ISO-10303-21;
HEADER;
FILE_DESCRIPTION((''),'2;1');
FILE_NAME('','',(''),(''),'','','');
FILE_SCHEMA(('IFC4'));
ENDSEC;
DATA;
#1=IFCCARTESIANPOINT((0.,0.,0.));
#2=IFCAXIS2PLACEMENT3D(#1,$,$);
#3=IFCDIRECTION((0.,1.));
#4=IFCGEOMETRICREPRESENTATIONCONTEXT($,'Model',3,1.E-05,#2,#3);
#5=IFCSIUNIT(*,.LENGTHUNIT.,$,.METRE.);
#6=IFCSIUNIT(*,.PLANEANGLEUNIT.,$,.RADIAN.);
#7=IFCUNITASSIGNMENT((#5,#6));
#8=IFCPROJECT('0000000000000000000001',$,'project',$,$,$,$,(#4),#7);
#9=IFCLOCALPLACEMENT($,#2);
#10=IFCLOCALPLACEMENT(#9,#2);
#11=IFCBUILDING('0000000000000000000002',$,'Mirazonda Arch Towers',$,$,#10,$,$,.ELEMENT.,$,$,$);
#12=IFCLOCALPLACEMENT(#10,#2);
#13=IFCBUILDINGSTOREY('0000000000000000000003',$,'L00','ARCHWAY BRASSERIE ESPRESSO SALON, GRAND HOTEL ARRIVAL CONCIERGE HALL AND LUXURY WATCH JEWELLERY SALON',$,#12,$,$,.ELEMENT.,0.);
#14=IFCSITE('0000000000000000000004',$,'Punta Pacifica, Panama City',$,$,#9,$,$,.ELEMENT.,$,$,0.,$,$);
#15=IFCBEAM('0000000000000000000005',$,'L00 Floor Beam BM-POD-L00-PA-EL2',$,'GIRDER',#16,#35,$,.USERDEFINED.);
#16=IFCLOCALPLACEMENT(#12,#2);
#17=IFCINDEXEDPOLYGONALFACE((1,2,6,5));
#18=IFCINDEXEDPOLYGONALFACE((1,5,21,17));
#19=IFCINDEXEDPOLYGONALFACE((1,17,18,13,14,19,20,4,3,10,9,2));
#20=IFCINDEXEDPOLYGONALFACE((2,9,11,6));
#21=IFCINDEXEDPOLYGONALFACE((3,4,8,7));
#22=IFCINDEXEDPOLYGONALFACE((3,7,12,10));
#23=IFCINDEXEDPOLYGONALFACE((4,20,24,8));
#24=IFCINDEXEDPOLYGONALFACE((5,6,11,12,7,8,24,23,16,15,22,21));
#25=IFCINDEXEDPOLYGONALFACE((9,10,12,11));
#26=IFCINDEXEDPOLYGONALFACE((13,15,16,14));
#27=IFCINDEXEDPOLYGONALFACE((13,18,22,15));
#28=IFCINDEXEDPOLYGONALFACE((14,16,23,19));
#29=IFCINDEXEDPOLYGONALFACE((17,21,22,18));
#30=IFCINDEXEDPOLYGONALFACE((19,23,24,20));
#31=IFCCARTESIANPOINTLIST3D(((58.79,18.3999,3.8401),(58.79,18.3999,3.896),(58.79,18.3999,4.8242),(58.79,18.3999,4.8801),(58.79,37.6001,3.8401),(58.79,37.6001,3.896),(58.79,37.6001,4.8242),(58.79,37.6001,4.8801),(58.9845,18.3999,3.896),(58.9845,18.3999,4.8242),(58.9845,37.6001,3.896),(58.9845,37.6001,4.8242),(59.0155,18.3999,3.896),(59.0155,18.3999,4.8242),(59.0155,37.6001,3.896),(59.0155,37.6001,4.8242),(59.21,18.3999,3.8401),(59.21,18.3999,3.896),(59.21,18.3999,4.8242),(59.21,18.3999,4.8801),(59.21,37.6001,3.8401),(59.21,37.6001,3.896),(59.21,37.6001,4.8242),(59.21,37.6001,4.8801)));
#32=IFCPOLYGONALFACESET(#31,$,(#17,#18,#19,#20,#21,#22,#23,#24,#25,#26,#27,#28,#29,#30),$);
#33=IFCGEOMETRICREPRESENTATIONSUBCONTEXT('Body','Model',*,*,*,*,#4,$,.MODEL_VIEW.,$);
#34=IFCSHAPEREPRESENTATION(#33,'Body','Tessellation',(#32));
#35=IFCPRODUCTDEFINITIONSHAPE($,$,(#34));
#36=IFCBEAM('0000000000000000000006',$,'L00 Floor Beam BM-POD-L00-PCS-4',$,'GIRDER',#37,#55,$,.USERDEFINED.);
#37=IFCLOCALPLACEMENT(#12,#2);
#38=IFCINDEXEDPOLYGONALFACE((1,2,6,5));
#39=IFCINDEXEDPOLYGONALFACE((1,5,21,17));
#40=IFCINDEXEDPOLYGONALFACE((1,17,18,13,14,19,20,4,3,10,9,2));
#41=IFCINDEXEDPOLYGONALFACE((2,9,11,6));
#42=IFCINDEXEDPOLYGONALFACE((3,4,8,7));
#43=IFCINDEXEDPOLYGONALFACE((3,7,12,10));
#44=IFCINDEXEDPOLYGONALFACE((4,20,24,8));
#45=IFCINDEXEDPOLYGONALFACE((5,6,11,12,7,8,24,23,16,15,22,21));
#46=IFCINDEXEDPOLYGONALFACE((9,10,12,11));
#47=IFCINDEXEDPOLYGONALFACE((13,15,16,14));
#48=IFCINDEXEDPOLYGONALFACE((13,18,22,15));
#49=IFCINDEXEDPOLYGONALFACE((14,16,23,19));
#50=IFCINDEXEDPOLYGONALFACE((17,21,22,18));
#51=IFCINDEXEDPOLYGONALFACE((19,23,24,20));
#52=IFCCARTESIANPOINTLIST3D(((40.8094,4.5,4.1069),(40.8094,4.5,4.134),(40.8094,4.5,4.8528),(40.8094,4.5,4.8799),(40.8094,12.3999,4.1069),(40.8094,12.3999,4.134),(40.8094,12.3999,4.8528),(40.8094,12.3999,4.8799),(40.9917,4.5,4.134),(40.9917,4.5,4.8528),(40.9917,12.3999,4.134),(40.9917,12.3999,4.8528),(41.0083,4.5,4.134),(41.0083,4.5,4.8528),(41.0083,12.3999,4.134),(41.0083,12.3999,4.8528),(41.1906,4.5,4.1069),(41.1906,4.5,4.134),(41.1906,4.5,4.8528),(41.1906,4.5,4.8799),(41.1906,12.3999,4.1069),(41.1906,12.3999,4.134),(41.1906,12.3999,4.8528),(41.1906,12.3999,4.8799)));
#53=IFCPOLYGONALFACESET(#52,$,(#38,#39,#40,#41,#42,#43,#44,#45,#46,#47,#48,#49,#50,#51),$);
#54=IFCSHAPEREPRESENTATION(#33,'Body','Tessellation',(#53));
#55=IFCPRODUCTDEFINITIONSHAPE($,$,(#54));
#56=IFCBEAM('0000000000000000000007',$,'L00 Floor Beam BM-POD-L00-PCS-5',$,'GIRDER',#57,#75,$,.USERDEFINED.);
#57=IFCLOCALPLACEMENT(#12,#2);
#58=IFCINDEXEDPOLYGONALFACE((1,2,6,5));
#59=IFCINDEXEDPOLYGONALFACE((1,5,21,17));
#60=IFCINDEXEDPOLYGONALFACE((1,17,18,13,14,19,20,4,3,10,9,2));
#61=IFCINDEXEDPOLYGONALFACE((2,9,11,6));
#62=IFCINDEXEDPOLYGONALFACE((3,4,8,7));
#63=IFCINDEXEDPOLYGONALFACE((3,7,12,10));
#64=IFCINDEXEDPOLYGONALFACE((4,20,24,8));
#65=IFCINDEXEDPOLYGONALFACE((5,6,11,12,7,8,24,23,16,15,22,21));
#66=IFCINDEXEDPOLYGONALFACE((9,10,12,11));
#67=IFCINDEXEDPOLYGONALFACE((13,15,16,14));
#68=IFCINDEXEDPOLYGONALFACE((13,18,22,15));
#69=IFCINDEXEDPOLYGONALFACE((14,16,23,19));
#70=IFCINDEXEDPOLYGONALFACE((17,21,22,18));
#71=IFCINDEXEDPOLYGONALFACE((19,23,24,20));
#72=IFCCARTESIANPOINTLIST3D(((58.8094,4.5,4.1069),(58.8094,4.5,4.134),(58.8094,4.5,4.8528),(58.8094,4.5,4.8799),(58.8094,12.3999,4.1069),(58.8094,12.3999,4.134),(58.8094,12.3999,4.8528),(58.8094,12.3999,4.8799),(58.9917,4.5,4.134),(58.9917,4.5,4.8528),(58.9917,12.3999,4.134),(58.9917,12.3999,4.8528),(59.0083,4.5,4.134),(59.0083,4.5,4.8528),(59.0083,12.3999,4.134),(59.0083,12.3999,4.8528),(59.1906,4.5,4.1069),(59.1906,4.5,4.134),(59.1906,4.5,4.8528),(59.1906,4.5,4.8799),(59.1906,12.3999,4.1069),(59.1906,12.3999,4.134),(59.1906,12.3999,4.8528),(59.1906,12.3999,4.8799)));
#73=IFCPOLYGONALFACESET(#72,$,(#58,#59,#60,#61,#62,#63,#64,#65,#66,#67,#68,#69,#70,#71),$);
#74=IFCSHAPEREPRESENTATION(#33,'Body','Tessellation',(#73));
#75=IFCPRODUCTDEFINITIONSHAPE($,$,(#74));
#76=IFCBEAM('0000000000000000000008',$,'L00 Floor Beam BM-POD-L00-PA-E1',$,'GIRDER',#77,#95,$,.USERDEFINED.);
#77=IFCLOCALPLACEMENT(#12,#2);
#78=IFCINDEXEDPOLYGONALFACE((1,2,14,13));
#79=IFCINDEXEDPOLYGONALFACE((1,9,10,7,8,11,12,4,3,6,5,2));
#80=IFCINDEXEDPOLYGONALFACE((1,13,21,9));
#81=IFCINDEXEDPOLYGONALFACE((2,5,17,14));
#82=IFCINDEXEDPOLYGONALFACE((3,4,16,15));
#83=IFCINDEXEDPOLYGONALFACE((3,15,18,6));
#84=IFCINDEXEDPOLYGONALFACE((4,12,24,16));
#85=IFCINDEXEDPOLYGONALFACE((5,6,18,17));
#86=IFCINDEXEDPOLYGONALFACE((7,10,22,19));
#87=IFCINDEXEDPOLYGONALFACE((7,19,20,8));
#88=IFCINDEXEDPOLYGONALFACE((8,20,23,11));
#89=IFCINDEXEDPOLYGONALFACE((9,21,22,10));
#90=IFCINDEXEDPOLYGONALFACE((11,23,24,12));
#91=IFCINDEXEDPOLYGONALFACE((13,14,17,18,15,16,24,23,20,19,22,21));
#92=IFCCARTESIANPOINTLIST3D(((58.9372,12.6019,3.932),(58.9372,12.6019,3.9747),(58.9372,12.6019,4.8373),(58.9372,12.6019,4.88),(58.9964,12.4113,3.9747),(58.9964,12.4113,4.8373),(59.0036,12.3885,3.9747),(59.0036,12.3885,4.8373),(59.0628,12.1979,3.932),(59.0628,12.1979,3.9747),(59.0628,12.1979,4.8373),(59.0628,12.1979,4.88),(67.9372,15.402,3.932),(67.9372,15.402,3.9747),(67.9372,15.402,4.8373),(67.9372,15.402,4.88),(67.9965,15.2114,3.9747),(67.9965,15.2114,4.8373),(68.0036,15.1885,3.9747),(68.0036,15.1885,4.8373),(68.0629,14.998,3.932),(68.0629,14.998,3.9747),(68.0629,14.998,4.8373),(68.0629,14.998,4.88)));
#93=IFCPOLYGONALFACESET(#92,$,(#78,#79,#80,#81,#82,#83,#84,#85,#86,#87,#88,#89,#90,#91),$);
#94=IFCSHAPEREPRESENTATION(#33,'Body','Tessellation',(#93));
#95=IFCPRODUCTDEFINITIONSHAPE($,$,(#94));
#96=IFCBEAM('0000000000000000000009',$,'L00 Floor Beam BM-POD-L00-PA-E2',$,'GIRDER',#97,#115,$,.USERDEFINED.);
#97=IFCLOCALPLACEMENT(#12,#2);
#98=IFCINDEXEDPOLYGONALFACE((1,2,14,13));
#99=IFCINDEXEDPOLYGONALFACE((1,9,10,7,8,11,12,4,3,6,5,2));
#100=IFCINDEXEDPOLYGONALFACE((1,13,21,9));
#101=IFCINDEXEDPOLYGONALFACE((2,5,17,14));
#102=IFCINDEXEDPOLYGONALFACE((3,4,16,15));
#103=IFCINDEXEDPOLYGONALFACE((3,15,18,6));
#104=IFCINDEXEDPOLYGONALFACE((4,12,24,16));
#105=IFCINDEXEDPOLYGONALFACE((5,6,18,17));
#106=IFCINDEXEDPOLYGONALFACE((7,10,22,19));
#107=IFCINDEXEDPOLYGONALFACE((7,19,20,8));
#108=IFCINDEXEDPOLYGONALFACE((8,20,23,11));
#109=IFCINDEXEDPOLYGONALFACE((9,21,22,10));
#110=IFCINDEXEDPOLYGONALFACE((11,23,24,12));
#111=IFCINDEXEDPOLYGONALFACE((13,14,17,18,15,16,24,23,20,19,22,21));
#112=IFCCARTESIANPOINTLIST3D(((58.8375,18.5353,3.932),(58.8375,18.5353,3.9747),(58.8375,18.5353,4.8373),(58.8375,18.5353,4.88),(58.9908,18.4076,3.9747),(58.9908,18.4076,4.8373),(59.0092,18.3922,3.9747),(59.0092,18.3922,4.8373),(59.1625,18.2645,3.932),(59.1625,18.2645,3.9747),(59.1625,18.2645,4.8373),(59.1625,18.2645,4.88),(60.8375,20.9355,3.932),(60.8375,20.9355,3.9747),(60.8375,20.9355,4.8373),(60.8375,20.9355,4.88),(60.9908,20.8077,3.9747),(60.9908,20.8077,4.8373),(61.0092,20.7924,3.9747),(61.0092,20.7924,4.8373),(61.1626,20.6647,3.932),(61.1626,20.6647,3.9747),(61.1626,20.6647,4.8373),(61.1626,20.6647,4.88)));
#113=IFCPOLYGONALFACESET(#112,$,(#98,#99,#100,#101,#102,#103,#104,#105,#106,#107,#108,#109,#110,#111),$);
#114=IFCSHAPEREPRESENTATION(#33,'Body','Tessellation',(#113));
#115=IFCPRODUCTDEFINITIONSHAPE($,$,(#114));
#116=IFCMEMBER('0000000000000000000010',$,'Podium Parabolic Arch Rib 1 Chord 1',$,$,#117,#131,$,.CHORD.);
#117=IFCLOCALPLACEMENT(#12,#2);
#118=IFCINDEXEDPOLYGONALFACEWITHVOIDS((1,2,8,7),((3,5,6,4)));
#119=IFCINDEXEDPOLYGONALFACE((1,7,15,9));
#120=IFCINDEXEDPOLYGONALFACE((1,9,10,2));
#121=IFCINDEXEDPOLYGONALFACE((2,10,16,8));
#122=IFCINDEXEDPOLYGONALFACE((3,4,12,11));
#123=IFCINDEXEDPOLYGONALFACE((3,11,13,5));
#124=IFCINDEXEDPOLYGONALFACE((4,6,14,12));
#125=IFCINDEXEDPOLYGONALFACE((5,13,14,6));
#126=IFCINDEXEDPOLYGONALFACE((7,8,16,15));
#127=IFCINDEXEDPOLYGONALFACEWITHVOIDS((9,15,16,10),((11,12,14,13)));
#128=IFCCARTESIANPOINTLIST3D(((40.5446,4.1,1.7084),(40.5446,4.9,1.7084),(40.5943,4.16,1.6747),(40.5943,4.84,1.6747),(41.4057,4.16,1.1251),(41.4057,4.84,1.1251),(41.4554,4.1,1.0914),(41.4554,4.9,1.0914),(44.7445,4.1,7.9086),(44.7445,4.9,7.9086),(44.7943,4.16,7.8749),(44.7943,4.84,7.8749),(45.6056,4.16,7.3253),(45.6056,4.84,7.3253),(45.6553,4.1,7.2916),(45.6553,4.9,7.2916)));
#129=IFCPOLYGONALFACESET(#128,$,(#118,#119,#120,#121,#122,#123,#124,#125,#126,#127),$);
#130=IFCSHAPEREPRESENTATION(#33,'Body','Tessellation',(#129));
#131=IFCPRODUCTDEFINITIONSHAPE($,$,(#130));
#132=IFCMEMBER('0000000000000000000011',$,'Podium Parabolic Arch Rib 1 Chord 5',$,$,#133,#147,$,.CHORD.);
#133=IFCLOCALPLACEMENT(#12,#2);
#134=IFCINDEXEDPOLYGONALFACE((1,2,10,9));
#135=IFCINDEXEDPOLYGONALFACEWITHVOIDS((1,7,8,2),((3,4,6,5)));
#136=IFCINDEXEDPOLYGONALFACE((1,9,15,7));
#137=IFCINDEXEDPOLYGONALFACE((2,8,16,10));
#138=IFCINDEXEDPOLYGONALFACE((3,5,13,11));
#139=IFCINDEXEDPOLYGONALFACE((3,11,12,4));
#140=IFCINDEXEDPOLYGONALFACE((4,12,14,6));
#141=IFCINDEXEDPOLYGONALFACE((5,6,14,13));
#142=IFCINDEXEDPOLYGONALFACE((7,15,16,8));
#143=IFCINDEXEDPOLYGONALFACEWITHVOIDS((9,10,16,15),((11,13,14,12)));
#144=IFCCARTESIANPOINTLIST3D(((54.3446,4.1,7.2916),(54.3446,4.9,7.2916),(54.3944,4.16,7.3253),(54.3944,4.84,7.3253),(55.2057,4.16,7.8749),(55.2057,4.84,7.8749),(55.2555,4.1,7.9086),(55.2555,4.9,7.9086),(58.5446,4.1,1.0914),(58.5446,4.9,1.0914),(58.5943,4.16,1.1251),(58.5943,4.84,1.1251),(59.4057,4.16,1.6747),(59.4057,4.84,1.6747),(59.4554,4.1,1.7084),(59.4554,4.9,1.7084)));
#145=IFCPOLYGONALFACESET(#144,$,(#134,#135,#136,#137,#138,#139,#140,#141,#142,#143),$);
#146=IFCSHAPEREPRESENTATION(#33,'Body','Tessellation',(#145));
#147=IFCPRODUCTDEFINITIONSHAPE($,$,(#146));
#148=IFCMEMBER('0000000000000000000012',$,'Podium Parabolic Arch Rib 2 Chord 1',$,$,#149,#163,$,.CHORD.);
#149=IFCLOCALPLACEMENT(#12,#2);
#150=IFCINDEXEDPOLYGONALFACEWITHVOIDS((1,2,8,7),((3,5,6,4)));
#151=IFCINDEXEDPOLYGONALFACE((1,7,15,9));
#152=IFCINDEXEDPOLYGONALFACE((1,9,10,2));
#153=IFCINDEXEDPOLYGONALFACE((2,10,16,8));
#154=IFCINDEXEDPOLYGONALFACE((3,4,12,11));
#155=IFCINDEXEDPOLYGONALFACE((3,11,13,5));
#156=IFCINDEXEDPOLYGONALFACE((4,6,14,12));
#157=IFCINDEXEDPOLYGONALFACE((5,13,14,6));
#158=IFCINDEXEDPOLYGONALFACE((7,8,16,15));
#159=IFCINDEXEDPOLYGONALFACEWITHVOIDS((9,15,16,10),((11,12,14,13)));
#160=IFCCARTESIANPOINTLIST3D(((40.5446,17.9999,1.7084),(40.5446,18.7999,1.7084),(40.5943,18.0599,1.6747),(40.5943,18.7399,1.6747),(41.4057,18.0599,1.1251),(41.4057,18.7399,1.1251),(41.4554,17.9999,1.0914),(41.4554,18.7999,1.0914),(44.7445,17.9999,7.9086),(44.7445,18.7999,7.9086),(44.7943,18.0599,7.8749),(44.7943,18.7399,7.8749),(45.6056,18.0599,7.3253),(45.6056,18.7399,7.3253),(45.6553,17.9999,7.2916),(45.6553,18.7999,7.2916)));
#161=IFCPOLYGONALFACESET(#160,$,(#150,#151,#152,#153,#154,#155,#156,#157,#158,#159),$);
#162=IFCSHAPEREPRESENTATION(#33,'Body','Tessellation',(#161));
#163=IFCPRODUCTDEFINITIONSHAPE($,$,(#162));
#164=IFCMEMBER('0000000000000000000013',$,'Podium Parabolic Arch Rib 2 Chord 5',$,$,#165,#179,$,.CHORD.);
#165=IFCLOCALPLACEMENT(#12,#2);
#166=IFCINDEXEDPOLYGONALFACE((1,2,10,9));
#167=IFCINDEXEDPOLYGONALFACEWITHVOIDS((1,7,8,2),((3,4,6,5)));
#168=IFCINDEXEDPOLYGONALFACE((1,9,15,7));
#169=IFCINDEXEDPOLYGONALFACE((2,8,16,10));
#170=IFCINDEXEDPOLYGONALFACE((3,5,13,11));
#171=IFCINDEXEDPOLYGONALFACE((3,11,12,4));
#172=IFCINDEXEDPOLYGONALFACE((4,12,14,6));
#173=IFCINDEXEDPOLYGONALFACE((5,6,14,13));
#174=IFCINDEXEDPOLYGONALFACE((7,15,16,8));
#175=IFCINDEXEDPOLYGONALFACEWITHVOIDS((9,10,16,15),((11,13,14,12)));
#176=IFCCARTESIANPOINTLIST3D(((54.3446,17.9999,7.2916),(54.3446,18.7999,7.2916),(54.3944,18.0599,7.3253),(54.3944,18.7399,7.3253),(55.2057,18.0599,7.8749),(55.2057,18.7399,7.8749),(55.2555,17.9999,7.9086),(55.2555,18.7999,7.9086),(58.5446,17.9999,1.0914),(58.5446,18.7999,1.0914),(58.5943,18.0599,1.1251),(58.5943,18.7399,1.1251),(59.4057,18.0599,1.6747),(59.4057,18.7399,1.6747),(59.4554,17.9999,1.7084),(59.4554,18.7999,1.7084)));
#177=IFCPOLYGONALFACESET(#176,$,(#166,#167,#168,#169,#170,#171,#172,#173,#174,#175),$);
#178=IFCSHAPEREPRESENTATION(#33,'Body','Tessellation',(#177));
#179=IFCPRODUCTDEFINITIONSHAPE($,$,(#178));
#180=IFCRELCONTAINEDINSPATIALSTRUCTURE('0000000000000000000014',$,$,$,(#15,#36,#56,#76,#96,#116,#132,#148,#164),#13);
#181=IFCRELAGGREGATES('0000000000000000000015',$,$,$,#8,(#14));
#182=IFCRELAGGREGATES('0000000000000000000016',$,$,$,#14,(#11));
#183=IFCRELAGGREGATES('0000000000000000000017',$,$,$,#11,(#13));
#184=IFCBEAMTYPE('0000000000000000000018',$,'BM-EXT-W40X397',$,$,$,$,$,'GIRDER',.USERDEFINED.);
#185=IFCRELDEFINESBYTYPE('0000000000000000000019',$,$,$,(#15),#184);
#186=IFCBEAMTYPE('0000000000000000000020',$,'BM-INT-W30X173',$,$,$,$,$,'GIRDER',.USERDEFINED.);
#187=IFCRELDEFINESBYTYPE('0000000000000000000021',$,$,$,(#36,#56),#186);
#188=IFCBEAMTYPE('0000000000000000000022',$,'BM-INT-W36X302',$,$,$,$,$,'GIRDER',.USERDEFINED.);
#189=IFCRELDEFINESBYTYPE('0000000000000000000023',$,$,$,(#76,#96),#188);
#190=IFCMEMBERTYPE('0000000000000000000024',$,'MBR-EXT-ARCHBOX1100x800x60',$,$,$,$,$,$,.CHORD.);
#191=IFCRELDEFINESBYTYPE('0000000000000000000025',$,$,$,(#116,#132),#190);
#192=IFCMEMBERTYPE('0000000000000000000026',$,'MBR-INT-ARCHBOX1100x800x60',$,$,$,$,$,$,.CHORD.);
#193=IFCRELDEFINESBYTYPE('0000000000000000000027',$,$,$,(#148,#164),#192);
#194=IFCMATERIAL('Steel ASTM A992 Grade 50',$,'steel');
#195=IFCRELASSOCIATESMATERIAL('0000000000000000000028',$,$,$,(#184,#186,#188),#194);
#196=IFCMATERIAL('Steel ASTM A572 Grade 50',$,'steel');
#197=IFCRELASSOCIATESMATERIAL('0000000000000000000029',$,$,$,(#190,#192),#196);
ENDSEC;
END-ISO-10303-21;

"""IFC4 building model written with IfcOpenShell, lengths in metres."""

from ifc_helpers import new_model, si_unit, direction, frame, origin, origin_2d, place, context, subcontext, project, spatial, hollow_rectangle, i_section, extrude, material, material_profile, profile_set, type_object, element, save


model = new_model("IFC4")

# Units and contexts
model_context = context("Model", 3, precision=1e-05, world=origin(), true_north=direction((0.0, 1.0)))
body_context = subcontext(model_context, "Body", "Model", "MODEL_VIEW")
ifc_project = project(units=[si_unit("LENGTHUNIT", "METRE"), si_unit("PLANEANGLEUNIT", "RADIAN")], contexts=[model_context])

# Site, building, storey
site_placement = place(None, origin())
site = spatial("IfcSite", under=ifc_project, at=site_placement, Name="Punta Pacifica, Panama City", CompositionType="ELEMENT", RefElevation=0.0)
building_placement = place(site_placement, origin())
building = spatial("IfcBuilding", under=site, at=building_placement, Name="Mirazonda Arch Towers", CompositionType="ELEMENT")
storey_placement = place(building_placement, origin())
storey = spatial("IfcBuildingStorey", under=building, at=storey_placement, Name="L00", Description="ARCHWAY BRASSERIE ESPRESSO SALON, GRAND HOTEL ARRIVAL CONCIERGE HALL AND LUXURY WATCH JEWELLERY SALON", CompositionType="ELEMENT", Elevation=0.0)

# Beams
ifc_material_1 = material(Name="Steel ASTM A992 Grade 50", Category="steel")
ifc_material_profile_1 = material_profile(ifc_material_1, i_section(OverallWidth=0.4199, OverallDepth=1.04, WebThickness=0.031, FlangeThickness=0.0559, at=origin_2d()), Name="W40X397")
ifc_profile_set_1 = profile_set([ifc_material_profile_1], Name="Steel ASTM A992 Grade 50")
beam_type_1 = type_object("IfcBeamType", Name="BM-EXT-W40X397", ElementType="GIRDER", PredefinedType="USERDEFINED", material=ifc_profile_set_1)
for number, where, z_axis, x_axis, name in (
    (1, (59.0, 18.3999, 4.3601), (0.0, 1.0, 0.0), (-1.0, 0.0, 0.0), "L00 Floor Beam BM-POD-L00-PA-EL2"),
):
    element("IfcBeam", number, at=place(storey_placement, frame(where, z_axis=z_axis, x_axis=x_axis)), inside=storey, type_object=beam_type_1, Name=name, ObjectType="GIRDER", PredefinedType="USERDEFINED", context=body_context, shape_type="SweptSolid", body=[
        extrude(i_section(OverallWidth=0.4199, OverallDepth=1.04, WebThickness=0.031, FlangeThickness=0.0559, at=origin_2d()), origin(), (0.0, 0.0, 1.0), 19.2002),
    ])
ifc_material_profile_2 = material_profile(ifc_material_1, i_section(OverallWidth=0.3811, OverallDepth=0.7729, WebThickness=0.0166, FlangeThickness=0.0271, at=origin_2d()), Name="W30X173")
ifc_profile_set_2 = profile_set([ifc_material_profile_2], Name="Steel ASTM A992 Grade 50")
beam_type_2 = type_object("IfcBeamType", Name="BM-INT-W30X173", ElementType="GIRDER", PredefinedType="USERDEFINED", material=ifc_profile_set_2)
for number, where, z_axis, x_axis, name in (
    (2, (41.0, 4.5, 4.4934), (0.0, 1.0, 0.0), (-1.0, 0.0, 0.0), "L00 Floor Beam BM-POD-L00-PCS-4"),
    (3, (59.0, 4.5, 4.4934), (0.0, 1.0, 0.0), (-1.0, 0.0, 0.0), "L00 Floor Beam BM-POD-L00-PCS-5"),
):
    element("IfcBeam", number, at=place(storey_placement, frame(where, z_axis=z_axis, x_axis=x_axis)), inside=storey, type_object=beam_type_2, Name=name, ObjectType="GIRDER", PredefinedType="USERDEFINED", context=body_context, shape_type="SweptSolid", body=[
        extrude(i_section(OverallWidth=0.3811, OverallDepth=0.7729, WebThickness=0.0166, FlangeThickness=0.0271, at=origin_2d()), origin(), (0.0, 0.0, 1.0), 7.8999),
    ])
ifc_material_profile_3 = material_profile(ifc_material_1, i_section(OverallWidth=0.4231, OverallDepth=0.948, WebThickness=0.0239, FlangeThickness=0.0427, at=origin_2d()), Name="W36X302")
ifc_profile_set_3 = profile_set([ifc_material_profile_3], Name="Steel ASTM A992 Grade 50")
beam_type_3 = type_object("IfcBeamType", Name="BM-INT-W36X302", ElementType="GIRDER", PredefinedType="USERDEFINED", material=ifc_profile_set_3)
beam_1_placement = place(storey_placement, frame((59.0, 12.3999, 4.406), z_axis=(0.954855, 0.297071, 0.0), x_axis=(-0.297071, 0.954855, 0.0)))
element("IfcBeam", 4, at=beam_1_placement, inside=storey, type_object=beam_type_3, Name="L00 Floor Beam BM-POD-L00-PA-E1", ObjectType="GIRDER", PredefinedType="USERDEFINED", context=body_context, shape_type="SweptSolid", body=[
    extrude(i_section(OverallWidth=0.4231, OverallDepth=0.948, WebThickness=0.0239, FlangeThickness=0.0427, at=origin_2d()), origin(), (0.0, 0.0, 1.0), 9.4255),
])
beam_2_placement = place(storey_placement, frame((59.0, 18.3999, 4.406), z_axis=(0.640161, 0.76824, 0.0), x_axis=(-0.76824, 0.640161, 0.0)))
element("IfcBeam", 5, at=beam_2_placement, inside=storey, type_object=beam_type_3, Name="L00 Floor Beam BM-POD-L00-PA-E2", ObjectType="GIRDER", PredefinedType="USERDEFINED", context=body_context, shape_type="SweptSolid", body=[
    extrude(i_section(OverallWidth=0.4231, OverallDepth=0.948, WebThickness=0.0239, FlangeThickness=0.0427, at=origin_2d()), origin(), (0.0, 0.0, 1.0), 3.1243),
])

# Members
ifc_material_2 = material(Name="Steel ASTM A572 Grade 50", Category="steel")
ifc_material_profile_4 = material_profile(ifc_material_2, hollow_rectangle(XDim=0.8, YDim=1.1001, WallThickness=0.0601, at=origin_2d()), Name="ARCHBOX1100x800x60")
ifc_profile_set_4 = profile_set([ifc_material_profile_4], Name="Steel ASTM A572 Grade 50")
member_type_1 = type_object("IfcMemberType", Name="MBR-EXT-ARCHBOX1100x800x60", PredefinedType="CHORD", material=ifc_profile_set_4)
for number, where, z_axis, x_axis, name in (
    (6, (41.0, 4.5, 1.3999), (0.560832, 0.0, 0.82793), (0.0, 1.0, 0.0), "Podium Parabolic Arch Rib 1 Chord 1"),
    (7, (54.8, 4.5, 7.6001), (0.560832, 0.0, -0.82793), (0.0, 1.0, 0.0), "Podium Parabolic Arch Rib 1 Chord 5"),
):
    element("IfcMember", number, at=place(storey_placement, frame(where, z_axis=z_axis, x_axis=x_axis)), inside=storey, type_object=member_type_1, Name=name, PredefinedType="CHORD", context=body_context, shape_type="SweptSolid", body=[
        extrude(hollow_rectangle(XDim=0.8, YDim=1.1001, WallThickness=0.0601, at=origin_2d()), origin(), (0.0, 0.0, 1.0), 7.4888),
    ])
ifc_material_profile_5 = material_profile(ifc_material_2, hollow_rectangle(XDim=0.8, YDim=1.1001, WallThickness=0.0601, at=origin_2d()), Name="ARCHBOX1100x800x60")
ifc_profile_set_5 = profile_set([ifc_material_profile_5], Name="Steel ASTM A572 Grade 50")
member_type_2 = type_object("IfcMemberType", Name="MBR-INT-ARCHBOX1100x800x60", PredefinedType="CHORD", material=ifc_profile_set_5)
for number, where, z_axis, x_axis, name in (
    (8, (41.0, 18.3999, 1.3999), (0.560832, 0.0, 0.82793), (0.0, 1.0, 0.0), "Podium Parabolic Arch Rib 2 Chord 1"),
    (9, (54.8, 18.3999, 7.6001), (0.560832, 0.0, -0.82793), (0.0, 1.0, 0.0), "Podium Parabolic Arch Rib 2 Chord 5"),
):
    element("IfcMember", number, at=place(storey_placement, frame(where, z_axis=z_axis, x_axis=x_axis)), inside=storey, type_object=member_type_2, Name=name, PredefinedType="CHORD", context=body_context, shape_type="SweptSolid", body=[
        extrude(hollow_rectangle(XDim=0.8, YDim=1.1001, WallThickness=0.0601, at=origin_2d()), origin(), (0.0, 0.0, 1.0), 7.4888),
    ])

save(model, "model.ifc")
